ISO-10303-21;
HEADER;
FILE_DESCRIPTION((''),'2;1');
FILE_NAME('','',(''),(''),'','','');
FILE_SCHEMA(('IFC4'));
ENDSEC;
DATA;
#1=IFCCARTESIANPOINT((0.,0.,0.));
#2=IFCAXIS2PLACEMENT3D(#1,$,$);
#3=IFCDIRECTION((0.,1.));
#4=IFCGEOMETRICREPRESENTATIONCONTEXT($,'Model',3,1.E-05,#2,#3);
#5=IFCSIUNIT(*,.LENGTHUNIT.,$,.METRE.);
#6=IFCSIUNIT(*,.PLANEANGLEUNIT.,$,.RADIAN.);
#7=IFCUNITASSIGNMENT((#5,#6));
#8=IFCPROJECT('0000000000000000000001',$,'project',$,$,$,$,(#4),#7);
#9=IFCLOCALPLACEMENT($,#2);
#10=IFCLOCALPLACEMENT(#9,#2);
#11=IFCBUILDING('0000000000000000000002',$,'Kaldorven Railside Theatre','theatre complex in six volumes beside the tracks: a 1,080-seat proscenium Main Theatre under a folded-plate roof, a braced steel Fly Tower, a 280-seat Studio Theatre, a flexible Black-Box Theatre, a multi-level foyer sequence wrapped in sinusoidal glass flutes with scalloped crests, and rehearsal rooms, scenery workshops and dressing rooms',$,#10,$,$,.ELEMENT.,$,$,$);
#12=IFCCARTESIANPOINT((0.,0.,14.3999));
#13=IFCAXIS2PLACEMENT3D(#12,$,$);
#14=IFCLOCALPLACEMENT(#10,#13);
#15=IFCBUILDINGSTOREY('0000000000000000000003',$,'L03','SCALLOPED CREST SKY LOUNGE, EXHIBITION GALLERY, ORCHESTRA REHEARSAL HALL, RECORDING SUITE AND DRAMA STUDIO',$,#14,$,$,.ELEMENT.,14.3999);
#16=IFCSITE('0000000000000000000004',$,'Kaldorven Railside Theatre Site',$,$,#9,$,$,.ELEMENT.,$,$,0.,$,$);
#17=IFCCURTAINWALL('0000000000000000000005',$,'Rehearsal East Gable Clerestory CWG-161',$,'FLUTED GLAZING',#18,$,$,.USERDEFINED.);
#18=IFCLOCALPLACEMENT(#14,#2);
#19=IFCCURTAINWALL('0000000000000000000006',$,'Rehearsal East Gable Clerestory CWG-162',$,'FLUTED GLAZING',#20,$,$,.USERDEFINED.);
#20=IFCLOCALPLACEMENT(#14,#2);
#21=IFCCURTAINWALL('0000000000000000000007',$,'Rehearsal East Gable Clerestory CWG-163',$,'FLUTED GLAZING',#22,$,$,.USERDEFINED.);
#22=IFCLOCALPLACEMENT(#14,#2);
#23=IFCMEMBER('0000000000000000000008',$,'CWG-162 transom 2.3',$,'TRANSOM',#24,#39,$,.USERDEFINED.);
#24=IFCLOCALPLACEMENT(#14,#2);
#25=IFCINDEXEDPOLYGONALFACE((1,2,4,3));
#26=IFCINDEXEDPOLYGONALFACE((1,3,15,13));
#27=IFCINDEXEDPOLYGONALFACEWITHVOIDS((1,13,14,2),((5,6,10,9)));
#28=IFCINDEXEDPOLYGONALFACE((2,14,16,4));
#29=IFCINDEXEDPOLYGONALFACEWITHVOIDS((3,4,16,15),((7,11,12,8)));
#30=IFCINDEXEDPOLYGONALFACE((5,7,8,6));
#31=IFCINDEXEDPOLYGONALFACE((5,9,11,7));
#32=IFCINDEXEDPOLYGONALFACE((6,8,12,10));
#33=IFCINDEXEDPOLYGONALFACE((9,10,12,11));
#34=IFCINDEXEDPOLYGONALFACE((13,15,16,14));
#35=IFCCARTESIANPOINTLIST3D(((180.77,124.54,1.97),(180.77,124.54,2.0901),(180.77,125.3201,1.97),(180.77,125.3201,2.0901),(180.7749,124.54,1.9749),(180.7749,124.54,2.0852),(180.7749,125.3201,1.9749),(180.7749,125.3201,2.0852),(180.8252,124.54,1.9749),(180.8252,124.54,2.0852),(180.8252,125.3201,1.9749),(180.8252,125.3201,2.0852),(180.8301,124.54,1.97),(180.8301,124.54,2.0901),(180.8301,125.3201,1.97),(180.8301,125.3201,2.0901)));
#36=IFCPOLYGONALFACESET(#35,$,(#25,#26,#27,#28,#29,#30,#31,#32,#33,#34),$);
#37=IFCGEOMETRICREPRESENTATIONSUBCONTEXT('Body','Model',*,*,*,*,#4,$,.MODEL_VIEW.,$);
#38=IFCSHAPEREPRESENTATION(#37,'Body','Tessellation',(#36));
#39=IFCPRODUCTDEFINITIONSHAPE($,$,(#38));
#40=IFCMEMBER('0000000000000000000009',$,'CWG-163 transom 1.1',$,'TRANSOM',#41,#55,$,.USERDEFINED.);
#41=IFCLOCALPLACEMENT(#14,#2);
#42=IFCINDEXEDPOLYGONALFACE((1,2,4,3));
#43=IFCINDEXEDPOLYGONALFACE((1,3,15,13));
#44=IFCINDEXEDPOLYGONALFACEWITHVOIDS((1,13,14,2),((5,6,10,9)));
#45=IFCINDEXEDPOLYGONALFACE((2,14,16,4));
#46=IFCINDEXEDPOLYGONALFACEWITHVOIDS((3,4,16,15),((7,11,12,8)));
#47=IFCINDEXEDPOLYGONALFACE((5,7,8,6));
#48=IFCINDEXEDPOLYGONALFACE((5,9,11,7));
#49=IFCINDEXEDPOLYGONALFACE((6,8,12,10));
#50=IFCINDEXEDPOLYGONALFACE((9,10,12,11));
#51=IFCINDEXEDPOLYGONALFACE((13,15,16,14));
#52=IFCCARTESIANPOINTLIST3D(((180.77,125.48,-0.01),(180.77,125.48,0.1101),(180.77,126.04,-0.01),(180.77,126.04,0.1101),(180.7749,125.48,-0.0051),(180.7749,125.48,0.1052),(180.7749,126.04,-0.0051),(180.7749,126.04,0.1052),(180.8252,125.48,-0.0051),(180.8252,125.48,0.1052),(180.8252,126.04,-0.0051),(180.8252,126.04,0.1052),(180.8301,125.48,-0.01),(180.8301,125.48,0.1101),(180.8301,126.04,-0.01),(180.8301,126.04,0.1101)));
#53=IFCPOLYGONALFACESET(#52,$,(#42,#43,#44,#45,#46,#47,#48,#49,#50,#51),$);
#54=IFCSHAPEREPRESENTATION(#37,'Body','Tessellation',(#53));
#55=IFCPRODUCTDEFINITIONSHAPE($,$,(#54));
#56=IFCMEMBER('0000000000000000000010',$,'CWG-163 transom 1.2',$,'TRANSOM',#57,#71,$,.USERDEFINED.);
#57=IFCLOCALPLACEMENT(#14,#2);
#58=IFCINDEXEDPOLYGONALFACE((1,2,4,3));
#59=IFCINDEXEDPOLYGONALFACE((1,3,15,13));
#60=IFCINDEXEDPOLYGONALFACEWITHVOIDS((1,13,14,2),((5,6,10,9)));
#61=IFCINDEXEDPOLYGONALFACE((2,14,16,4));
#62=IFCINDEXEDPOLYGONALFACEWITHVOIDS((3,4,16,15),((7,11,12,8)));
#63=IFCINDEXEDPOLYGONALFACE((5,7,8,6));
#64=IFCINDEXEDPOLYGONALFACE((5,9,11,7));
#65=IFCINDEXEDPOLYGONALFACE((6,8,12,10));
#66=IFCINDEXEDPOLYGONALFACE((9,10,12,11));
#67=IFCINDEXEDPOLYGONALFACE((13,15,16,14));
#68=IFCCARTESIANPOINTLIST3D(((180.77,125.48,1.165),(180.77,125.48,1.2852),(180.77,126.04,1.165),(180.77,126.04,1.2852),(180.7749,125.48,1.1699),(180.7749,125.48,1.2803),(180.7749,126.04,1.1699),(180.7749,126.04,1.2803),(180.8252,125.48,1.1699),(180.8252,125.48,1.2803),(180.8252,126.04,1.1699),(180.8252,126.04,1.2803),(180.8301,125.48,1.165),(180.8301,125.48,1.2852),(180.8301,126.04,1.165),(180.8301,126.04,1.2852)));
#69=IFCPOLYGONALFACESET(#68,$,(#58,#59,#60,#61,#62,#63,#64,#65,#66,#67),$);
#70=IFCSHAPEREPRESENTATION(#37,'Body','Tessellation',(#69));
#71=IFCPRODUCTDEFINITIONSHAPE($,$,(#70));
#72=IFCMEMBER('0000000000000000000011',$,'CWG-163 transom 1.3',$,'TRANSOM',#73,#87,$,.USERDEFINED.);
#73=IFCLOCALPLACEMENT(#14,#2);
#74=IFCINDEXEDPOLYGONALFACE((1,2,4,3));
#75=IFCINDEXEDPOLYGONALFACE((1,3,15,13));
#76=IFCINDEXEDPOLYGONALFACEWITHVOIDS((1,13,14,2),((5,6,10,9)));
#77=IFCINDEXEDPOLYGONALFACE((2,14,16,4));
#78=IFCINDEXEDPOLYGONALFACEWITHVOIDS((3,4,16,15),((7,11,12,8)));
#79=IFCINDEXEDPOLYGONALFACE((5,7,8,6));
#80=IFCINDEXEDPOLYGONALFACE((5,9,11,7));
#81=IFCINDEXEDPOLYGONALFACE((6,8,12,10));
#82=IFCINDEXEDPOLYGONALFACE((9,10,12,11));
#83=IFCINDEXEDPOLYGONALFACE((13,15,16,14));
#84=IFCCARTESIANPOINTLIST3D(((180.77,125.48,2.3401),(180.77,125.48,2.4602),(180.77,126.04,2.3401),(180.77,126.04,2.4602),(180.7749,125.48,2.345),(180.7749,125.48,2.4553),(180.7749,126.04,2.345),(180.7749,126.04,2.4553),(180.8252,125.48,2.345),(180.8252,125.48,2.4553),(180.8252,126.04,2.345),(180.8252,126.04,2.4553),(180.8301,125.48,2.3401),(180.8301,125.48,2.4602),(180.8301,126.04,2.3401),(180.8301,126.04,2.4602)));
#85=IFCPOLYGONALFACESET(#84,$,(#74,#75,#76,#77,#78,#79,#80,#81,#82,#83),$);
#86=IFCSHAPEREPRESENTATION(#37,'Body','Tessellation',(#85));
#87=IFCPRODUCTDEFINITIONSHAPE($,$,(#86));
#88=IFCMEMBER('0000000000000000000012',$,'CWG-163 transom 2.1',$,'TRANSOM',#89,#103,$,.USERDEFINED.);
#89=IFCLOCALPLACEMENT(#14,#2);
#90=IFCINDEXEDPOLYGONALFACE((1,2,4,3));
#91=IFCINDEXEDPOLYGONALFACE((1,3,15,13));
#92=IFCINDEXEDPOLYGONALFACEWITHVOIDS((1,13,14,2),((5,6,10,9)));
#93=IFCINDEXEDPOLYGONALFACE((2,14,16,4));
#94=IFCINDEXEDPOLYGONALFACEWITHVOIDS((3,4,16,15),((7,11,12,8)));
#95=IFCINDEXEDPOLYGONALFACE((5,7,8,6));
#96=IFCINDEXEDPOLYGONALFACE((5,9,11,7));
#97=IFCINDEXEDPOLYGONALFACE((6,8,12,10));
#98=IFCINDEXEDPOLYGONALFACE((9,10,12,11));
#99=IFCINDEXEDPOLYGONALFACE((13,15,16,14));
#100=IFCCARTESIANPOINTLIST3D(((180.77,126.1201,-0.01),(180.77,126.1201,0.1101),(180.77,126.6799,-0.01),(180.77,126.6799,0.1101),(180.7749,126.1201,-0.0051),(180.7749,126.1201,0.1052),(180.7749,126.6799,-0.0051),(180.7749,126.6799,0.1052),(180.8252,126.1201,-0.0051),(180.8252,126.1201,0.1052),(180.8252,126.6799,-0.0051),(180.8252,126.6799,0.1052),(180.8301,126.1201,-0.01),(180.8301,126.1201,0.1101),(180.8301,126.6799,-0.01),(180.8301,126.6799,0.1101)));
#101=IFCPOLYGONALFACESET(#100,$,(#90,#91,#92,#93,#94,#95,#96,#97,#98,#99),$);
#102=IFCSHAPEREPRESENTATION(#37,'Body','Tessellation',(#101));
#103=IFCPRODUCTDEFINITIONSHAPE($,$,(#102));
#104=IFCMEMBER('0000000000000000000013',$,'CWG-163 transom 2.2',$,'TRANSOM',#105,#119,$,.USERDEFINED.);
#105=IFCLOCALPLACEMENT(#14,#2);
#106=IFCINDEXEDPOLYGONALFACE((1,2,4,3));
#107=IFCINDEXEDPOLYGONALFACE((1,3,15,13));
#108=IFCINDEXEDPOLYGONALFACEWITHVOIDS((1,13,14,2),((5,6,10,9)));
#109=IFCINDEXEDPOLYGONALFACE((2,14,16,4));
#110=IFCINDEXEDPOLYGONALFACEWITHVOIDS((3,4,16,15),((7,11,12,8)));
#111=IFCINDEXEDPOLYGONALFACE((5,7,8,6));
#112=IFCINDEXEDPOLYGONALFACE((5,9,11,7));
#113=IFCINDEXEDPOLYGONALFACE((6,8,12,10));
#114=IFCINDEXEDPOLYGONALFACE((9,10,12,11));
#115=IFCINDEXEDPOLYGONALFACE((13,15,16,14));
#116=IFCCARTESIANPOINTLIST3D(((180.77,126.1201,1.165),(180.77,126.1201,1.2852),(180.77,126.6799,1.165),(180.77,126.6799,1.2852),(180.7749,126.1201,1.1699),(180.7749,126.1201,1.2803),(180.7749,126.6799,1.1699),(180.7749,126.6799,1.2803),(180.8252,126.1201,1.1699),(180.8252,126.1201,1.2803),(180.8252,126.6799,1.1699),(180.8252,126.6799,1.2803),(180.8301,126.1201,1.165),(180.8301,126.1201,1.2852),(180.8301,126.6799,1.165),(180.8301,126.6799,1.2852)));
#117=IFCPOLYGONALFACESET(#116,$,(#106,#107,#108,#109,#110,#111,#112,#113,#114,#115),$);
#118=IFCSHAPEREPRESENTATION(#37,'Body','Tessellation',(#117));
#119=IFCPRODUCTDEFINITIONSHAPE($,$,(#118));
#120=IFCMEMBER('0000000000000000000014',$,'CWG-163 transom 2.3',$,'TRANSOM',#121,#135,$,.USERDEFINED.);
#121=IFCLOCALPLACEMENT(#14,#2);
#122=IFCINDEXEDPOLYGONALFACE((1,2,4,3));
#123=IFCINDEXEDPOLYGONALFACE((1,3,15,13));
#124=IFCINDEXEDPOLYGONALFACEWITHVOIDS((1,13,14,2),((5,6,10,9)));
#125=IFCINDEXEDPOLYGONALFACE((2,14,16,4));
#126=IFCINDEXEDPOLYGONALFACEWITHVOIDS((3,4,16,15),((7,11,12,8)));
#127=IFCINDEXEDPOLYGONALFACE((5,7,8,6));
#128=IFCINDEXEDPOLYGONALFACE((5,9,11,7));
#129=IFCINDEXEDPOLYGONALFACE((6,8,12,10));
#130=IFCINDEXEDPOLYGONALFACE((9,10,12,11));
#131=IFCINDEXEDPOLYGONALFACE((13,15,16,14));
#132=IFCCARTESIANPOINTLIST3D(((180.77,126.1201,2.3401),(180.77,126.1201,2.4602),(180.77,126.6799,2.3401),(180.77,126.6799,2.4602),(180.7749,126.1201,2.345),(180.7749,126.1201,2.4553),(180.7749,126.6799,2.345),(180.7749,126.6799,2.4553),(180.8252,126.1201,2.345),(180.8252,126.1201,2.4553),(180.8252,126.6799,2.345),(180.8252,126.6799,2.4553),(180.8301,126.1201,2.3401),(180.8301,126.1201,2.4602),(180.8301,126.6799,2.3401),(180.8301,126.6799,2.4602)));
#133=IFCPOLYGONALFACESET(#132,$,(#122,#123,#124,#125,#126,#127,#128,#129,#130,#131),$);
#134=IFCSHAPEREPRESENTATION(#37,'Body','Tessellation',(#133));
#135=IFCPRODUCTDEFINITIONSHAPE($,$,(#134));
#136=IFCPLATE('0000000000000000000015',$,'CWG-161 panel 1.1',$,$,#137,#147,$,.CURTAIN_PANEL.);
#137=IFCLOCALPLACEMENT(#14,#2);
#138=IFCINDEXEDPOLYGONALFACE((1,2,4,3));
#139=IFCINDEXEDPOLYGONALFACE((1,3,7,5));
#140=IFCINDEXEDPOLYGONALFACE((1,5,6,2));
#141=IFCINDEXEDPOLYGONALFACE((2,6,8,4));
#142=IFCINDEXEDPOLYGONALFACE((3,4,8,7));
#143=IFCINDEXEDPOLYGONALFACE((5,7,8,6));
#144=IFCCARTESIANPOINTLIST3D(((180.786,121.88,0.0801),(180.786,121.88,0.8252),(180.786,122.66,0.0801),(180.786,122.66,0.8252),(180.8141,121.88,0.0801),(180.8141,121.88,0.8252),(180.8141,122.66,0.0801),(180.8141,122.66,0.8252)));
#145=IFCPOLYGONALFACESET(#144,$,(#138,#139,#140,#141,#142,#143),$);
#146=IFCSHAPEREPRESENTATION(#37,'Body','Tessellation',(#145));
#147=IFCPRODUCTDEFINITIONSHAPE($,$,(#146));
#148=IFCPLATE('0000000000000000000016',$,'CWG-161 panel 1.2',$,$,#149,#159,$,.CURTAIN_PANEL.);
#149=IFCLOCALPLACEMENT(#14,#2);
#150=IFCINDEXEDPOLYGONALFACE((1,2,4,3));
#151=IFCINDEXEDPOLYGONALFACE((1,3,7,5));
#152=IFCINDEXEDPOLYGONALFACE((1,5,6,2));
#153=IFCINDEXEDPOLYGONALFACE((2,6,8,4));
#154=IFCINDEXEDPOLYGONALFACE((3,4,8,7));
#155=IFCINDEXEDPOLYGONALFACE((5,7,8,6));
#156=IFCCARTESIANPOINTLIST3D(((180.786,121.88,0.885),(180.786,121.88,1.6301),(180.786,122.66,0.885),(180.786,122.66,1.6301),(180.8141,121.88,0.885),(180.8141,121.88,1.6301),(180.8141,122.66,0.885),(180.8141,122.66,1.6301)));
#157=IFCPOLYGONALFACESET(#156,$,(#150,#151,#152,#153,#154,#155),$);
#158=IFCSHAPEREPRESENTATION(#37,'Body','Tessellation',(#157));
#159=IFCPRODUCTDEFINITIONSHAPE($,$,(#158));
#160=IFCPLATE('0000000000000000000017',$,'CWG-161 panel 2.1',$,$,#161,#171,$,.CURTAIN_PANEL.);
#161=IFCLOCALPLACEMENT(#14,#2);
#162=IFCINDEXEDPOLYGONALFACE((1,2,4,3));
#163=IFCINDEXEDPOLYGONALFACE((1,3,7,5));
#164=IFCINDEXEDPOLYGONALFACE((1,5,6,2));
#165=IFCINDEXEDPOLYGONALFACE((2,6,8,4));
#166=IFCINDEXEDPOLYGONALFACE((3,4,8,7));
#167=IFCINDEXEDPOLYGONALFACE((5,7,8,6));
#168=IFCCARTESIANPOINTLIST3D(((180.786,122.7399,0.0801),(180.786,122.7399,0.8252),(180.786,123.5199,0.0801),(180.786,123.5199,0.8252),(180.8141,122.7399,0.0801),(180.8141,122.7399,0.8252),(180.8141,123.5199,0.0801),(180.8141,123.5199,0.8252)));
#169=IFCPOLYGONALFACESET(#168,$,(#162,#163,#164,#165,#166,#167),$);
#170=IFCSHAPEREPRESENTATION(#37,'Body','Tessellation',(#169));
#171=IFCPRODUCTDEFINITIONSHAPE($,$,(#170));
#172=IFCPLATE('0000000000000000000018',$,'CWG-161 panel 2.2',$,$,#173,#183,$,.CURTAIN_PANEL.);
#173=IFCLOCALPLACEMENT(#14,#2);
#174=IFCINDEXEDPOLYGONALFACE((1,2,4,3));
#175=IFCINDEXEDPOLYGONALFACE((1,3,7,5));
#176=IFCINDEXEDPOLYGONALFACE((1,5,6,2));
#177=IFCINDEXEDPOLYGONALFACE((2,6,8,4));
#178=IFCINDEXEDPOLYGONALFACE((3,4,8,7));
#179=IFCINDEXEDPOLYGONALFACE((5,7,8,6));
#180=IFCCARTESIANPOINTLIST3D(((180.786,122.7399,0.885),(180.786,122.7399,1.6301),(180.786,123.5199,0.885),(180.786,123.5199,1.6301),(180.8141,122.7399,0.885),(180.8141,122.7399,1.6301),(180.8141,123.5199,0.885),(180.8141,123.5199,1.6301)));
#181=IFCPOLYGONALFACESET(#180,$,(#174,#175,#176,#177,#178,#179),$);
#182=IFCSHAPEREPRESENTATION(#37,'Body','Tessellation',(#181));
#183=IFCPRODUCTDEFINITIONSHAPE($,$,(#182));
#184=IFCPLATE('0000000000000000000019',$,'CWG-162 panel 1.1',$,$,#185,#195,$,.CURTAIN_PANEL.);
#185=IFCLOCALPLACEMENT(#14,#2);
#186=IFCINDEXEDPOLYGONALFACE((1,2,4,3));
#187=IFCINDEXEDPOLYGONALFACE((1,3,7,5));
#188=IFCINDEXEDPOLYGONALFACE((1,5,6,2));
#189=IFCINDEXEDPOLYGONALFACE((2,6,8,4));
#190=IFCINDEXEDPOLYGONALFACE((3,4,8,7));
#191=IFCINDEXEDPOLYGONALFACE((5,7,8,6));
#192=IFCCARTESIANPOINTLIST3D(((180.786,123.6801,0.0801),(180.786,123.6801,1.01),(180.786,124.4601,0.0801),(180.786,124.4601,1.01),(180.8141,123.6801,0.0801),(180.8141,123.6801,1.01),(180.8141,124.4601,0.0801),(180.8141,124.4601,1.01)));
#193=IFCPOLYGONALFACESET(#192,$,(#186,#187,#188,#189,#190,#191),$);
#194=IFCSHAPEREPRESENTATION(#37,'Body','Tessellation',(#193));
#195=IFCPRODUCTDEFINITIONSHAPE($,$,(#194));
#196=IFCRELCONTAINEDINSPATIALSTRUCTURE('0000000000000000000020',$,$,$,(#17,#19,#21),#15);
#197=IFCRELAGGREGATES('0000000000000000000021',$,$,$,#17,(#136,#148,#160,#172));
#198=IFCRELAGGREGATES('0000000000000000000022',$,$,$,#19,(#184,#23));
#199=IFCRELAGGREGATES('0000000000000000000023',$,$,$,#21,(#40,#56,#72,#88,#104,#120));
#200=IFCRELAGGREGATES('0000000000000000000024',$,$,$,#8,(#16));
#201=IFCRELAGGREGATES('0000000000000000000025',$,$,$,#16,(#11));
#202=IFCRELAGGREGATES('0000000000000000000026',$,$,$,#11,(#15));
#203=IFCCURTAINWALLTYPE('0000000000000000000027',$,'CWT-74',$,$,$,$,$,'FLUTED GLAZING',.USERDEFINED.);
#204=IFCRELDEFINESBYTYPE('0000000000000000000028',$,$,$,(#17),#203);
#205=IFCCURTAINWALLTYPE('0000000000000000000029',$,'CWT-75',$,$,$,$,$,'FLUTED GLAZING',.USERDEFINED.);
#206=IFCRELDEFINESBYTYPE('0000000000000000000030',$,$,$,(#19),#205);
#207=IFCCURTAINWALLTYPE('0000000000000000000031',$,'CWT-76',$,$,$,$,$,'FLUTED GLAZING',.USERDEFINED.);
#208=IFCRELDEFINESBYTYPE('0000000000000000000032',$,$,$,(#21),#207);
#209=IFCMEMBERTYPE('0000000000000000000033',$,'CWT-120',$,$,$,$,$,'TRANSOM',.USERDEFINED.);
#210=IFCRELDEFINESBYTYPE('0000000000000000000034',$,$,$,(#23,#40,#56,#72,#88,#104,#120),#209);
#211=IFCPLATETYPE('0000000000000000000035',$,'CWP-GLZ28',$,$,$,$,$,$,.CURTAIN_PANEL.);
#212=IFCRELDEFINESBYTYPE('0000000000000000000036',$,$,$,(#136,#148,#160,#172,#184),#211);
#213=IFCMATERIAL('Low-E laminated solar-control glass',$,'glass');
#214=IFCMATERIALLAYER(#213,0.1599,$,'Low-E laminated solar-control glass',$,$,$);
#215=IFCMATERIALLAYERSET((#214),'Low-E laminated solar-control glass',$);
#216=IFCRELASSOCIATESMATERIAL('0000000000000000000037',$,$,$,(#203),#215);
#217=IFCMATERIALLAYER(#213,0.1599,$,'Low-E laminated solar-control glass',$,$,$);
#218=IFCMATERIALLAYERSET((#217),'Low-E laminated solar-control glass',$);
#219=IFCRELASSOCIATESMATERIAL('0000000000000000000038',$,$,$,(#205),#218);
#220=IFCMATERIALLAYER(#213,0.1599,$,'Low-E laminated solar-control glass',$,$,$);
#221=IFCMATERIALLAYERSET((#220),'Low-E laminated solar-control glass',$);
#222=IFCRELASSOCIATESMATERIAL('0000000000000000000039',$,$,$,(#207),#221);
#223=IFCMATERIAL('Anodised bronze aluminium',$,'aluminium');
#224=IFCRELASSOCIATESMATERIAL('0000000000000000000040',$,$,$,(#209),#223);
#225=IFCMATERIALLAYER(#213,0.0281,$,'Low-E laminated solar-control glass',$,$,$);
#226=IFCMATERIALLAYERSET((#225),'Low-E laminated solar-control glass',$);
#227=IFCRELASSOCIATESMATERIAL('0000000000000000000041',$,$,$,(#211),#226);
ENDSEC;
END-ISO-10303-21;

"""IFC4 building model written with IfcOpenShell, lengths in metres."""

from ifc_helpers import new_model, si_unit, direction, frame, origin, origin_2d, place, context, subcontext, project, spatial, rectangle, hollow_rectangle, extrude, material, layer, layer_set, material_profile, profile_set, type_object, element, aggregate, save


model = new_model("IFC4")

# Units and contexts
model_context = context("Model", 3, precision=1e-05, world=origin(), true_north=direction((0.0, 1.0)))
body_context = subcontext(model_context, "Body", "Model", "MODEL_VIEW")
ifc_project = project(units=[si_unit("LENGTHUNIT", "METRE"), si_unit("PLANEANGLEUNIT", "RADIAN")], contexts=[model_context])

# Site, building, storey
site_placement = place(None, origin())
site = spatial("IfcSite", under=ifc_project, at=site_placement, Name="Kaldorven Railside Theatre Site", CompositionType="ELEMENT", RefElevation=0.0)
building_placement = place(site_placement, origin())
building = spatial("IfcBuilding", under=site, at=building_placement, Name="Kaldorven Railside Theatre", Description="theatre complex in six volumes beside the tracks: a 1,080-seat proscenium Main Theatre under a folded-plate roof, a braced steel Fly Tower, a 280-seat Studio Theatre, a flexible Black-Box Theatre, a multi-level foyer sequence wrapped in sinusoidal glass flutes with scalloped crests, and rehearsal rooms, scenery workshops and dressing rooms", CompositionType="ELEMENT")
storey_placement = place(building_placement, frame((0.0, 0.0, 14.3999)))
storey = spatial("IfcBuildingStorey", under=building, at=storey_placement, Name="L03", Description="SCALLOPED CREST SKY LOUNGE, EXHIBITION GALLERY, ORCHESTRA REHEARSAL HALL, RECORDING SUITE AND DRAMA STUDIO", CompositionType="ELEMENT", Elevation=14.3999)

# Curtain walls
ifc_material_1 = material(Name="Low-E laminated solar-control glass", Category="glass")
ifc_layer_1 = layer(ifc_material_1, 0.1599, Name="Low-E laminated solar-control glass")
ifc_layer_set_1 = layer_set([ifc_layer_1], Name="Low-E laminated solar-control glass")
curtain_wall_type_1 = type_object("IfcCurtainWallType", Name="CWT-74", ElementType="FLUTED GLAZING", PredefinedType="USERDEFINED", material=ifc_layer_set_1)
curtain_wall_1_placement = place(storey_placement, origin())
curtain_wall_1 = element("IfcCurtainWall", 1, at=curtain_wall_1_placement, inside=storey, type_object=curtain_wall_type_1, Name="Rehearsal East Gable Clerestory CWG-161", ObjectType="FLUTED GLAZING", PredefinedType="USERDEFINED")
ifc_material_2 = material(Name="Anodised bronze aluminium", Category="aluminium")
ifc_layer_2 = layer(ifc_material_1, 0.1599, Name="Low-E laminated solar-control glass")
ifc_layer_set_2 = layer_set([ifc_layer_2], Name="Low-E laminated solar-control glass")
curtain_wall_type_2 = type_object("IfcCurtainWallType", Name="CWT-75", ElementType="FLUTED GLAZING", PredefinedType="USERDEFINED", material=ifc_layer_set_2)
curtain_wall_2_placement = place(storey_placement, origin())
curtain_wall_2 = element("IfcCurtainWall", 2, at=curtain_wall_2_placement, inside=storey, type_object=curtain_wall_type_2, Name="Rehearsal East Gable Clerestory CWG-162", ObjectType="FLUTED GLAZING", PredefinedType="USERDEFINED")
ifc_layer_3 = layer(ifc_material_1, 0.1599, Name="Low-E laminated solar-control glass")
ifc_layer_set_3 = layer_set([ifc_layer_3], Name="Low-E laminated solar-control glass")
curtain_wall_type_3 = type_object("IfcCurtainWallType", Name="CWT-76", ElementType="FLUTED GLAZING", PredefinedType="USERDEFINED", material=ifc_layer_set_3)
curtain_wall_3_placement = place(storey_placement, origin())
curtain_wall_3 = element("IfcCurtainWall", 3, at=curtain_wall_3_placement, inside=storey, type_object=curtain_wall_type_3, Name="Rehearsal East Gable Clerestory CWG-163", ObjectType="FLUTED GLAZING", PredefinedType="USERDEFINED")

# Members
ifc_material_profile_1 = material_profile(ifc_material_2, hollow_rectangle(XDim=0.0601, YDim=0.1201, WallThickness=0.0049, at=origin_2d()), Name="RHS 120x60x5")
ifc_profile_set_1 = profile_set([ifc_material_profile_1], Name="Anodised bronze aluminium")
member_type_1 = type_object("IfcMemberType", Name="CWT-120", ElementType="TRANSOM", PredefinedType="USERDEFINED", material=ifc_profile_set_1)
member_1_placement = place(storey_placement, frame((180.8, 124.54, 2.03), z_axis=(0.0, 1.0, 0.0), x_axis=(-1.0, 0.0, 0.0)))
member_1 = element("IfcMember", 4, at=member_1_placement, type_object=member_type_1, Name="CWG-162 transom 2.3", ObjectType="TRANSOM", PredefinedType="USERDEFINED", context=body_context, shape_type="SweptSolid", body=[
    extrude(hollow_rectangle(XDim=0.0601, YDim=0.1201, WallThickness=0.0049, at=origin_2d()), origin(), (0.0, 0.0, 1.0), 0.78),
])
member_2_placement = place(storey_placement, frame((180.8, 125.48, 0.05), z_axis=(0.0, 1.0, 0.0), x_axis=(-1.0, 0.0, 0.0)))
member_2 = element("IfcMember", 5, at=member_2_placement, type_object=member_type_1, Name="CWG-163 transom 1.1", ObjectType="TRANSOM", PredefinedType="USERDEFINED", context=body_context, shape_type="SweptSolid", body=[
    extrude(hollow_rectangle(XDim=0.0601, YDim=0.1201, WallThickness=0.0049, at=origin_2d()), origin(), (0.0, 0.0, 1.0), 0.5601),
])
member_3_placement = place(storey_placement, frame((180.8, 125.48, 1.2251), z_axis=(0.0, 1.0, 0.0), x_axis=(-1.0, 0.0, 0.0)))
member_3 = element("IfcMember", 6, at=member_3_placement, type_object=member_type_1, Name="CWG-163 transom 1.2", ObjectType="TRANSOM", PredefinedType="USERDEFINED", context=body_context, shape_type="SweptSolid", body=[
    extrude(hollow_rectangle(XDim=0.0601, YDim=0.1201, WallThickness=0.0049, at=origin_2d()), origin(), (0.0, 0.0, 1.0), 0.5601),
])
member_4_placement = place(storey_placement, frame((180.8, 125.48, 2.4001), z_axis=(0.0, 1.0, 0.0), x_axis=(-1.0, 0.0, 0.0)))
member_4 = element("IfcMember", 7, at=member_4_placement, type_object=member_type_1, Name="CWG-163 transom 1.3", ObjectType="TRANSOM", PredefinedType="USERDEFINED", context=body_context, shape_type="SweptSolid", body=[
    extrude(hollow_rectangle(XDim=0.0601, YDim=0.1201, WallThickness=0.0049, at=origin_2d()), origin(), (0.0, 0.0, 1.0), 0.5601),
])
member_5_placement = place(storey_placement, frame((180.8, 126.1201, 0.05), z_axis=(0.0, 1.0, 0.0), x_axis=(-1.0, 0.0, 0.0)))
member_5 = element("IfcMember", 8, at=member_5_placement, type_object=member_type_1, Name="CWG-163 transom 2.1", ObjectType="TRANSOM", PredefinedType="USERDEFINED", context=body_context, shape_type="SweptSolid", body=[
    extrude(hollow_rectangle(XDim=0.0601, YDim=0.1201, WallThickness=0.0049, at=origin_2d()), origin(), (0.0, 0.0, 1.0), 0.5598),
])
member_6_placement = place(storey_placement, frame((180.8, 126.1201, 1.2251), z_axis=(0.0, 1.0, 0.0), x_axis=(-1.0, 0.0, 0.0)))
member_6 = element("IfcMember", 9, at=member_6_placement, type_object=member_type_1, Name="CWG-163 transom 2.2", ObjectType="TRANSOM", PredefinedType="USERDEFINED", context=body_context, shape_type="SweptSolid", body=[
    extrude(hollow_rectangle(XDim=0.0601, YDim=0.1201, WallThickness=0.0049, at=origin_2d()), origin(), (0.0, 0.0, 1.0), 0.5598),
])
member_7_placement = place(storey_placement, frame((180.8, 126.1201, 2.4001), z_axis=(0.0, 1.0, 0.0), x_axis=(-1.0, 0.0, 0.0)))
member_7 = element("IfcMember", 10, at=member_7_placement, type_object=member_type_1, Name="CWG-163 transom 2.3", ObjectType="TRANSOM", PredefinedType="USERDEFINED", context=body_context, shape_type="SweptSolid", body=[
    extrude(hollow_rectangle(XDim=0.0601, YDim=0.1201, WallThickness=0.0049, at=origin_2d()), origin(), (0.0, 0.0, 1.0), 0.5598),
])

# Plates
ifc_layer_4 = layer(ifc_material_1, 0.0281, Name="Low-E laminated solar-control glass")
ifc_layer_set_4 = layer_set([ifc_layer_4], Name="Low-E laminated solar-control glass")
plate_type = type_object("IfcPlateType", Name="CWP-GLZ28", PredefinedType="CURTAIN_PANEL", material=ifc_layer_set_4)
plate_1_placement = place(storey_placement, frame((180.8, 122.27, 0.0801), z_axis=(0.0, 0.0, 1.0), x_axis=(0.0, 1.0, 0.0)))
plate_1 = element("IfcPlate", 11, at=plate_1_placement, type_object=plate_type, Name="CWG-161 panel 1.1", PredefinedType="CURTAIN_PANEL", context=body_context, shape_type="SweptSolid", body=[
    extrude(rectangle(XDim=0.78, YDim=0.0281, at=origin_2d()), origin(), (0.0, 0.0, 1.0), 0.7451),
])
plate_2_placement = place(storey_placement, frame((180.8, 122.27, 0.885), z_axis=(0.0, 0.0, 1.0), x_axis=(0.0, 1.0, 0.0)))
plate_2 = element("IfcPlate", 12, at=plate_2_placement, type_object=plate_type, Name="CWG-161 panel 1.2", PredefinedType="CURTAIN_PANEL", context=body_context, shape_type="SweptSolid", body=[
    extrude(rectangle(XDim=0.78, YDim=0.0281, at=origin_2d()), origin(), (0.0, 0.0, 1.0), 0.7451),
])
plate_3_placement = place(storey_placement, frame((180.8, 123.1299, 0.0801), z_axis=(0.0, 0.0, 1.0), x_axis=(0.0, 1.0, 0.0)))
plate_3 = element("IfcPlate", 13, at=plate_3_placement, type_object=plate_type, Name="CWG-161 panel 2.1", PredefinedType="CURTAIN_PANEL", context=body_context, shape_type="SweptSolid", body=[
    extrude(rectangle(XDim=0.78, YDim=0.0281, at=origin_2d()), origin(), (0.0, 0.0, 1.0), 0.7451),
])
plate_4_placement = place(storey_placement, frame((180.8, 123.1299, 0.885), z_axis=(0.0, 0.0, 1.0), x_axis=(0.0, 1.0, 0.0)))
plate_4 = element("IfcPlate", 14, at=plate_4_placement, type_object=plate_type, Name="CWG-161 panel 2.2", PredefinedType="CURTAIN_PANEL", context=body_context, shape_type="SweptSolid", body=[
    extrude(rectangle(XDim=0.78, YDim=0.0281, at=origin_2d()), origin(), (0.0, 0.0, 1.0), 0.7451),
])
aggregate(curtain_wall_1, [plate_1, plate_2, plate_3, plate_4])
plate_5_placement = place(storey_placement, frame((180.8, 124.0701, 0.0801), z_axis=(0.0, 0.0, 1.0), x_axis=(0.0, 1.0, 0.0)))
plate_5 = element("IfcPlate", 15, at=plate_5_placement, type_object=plate_type, Name="CWG-162 panel 1.1", PredefinedType="CURTAIN_PANEL", context=body_context, shape_type="SweptSolid", body=[
    extrude(rectangle(XDim=0.78, YDim=0.0281, at=origin_2d()), origin(), (0.0, 0.0, 1.0), 0.9299),
])
aggregate(curtain_wall_2, [plate_5, member_1])
aggregate(curtain_wall_3, [member_2, member_3, member_4, member_5, member_6, member_7])

save(model, "model.ifc")
